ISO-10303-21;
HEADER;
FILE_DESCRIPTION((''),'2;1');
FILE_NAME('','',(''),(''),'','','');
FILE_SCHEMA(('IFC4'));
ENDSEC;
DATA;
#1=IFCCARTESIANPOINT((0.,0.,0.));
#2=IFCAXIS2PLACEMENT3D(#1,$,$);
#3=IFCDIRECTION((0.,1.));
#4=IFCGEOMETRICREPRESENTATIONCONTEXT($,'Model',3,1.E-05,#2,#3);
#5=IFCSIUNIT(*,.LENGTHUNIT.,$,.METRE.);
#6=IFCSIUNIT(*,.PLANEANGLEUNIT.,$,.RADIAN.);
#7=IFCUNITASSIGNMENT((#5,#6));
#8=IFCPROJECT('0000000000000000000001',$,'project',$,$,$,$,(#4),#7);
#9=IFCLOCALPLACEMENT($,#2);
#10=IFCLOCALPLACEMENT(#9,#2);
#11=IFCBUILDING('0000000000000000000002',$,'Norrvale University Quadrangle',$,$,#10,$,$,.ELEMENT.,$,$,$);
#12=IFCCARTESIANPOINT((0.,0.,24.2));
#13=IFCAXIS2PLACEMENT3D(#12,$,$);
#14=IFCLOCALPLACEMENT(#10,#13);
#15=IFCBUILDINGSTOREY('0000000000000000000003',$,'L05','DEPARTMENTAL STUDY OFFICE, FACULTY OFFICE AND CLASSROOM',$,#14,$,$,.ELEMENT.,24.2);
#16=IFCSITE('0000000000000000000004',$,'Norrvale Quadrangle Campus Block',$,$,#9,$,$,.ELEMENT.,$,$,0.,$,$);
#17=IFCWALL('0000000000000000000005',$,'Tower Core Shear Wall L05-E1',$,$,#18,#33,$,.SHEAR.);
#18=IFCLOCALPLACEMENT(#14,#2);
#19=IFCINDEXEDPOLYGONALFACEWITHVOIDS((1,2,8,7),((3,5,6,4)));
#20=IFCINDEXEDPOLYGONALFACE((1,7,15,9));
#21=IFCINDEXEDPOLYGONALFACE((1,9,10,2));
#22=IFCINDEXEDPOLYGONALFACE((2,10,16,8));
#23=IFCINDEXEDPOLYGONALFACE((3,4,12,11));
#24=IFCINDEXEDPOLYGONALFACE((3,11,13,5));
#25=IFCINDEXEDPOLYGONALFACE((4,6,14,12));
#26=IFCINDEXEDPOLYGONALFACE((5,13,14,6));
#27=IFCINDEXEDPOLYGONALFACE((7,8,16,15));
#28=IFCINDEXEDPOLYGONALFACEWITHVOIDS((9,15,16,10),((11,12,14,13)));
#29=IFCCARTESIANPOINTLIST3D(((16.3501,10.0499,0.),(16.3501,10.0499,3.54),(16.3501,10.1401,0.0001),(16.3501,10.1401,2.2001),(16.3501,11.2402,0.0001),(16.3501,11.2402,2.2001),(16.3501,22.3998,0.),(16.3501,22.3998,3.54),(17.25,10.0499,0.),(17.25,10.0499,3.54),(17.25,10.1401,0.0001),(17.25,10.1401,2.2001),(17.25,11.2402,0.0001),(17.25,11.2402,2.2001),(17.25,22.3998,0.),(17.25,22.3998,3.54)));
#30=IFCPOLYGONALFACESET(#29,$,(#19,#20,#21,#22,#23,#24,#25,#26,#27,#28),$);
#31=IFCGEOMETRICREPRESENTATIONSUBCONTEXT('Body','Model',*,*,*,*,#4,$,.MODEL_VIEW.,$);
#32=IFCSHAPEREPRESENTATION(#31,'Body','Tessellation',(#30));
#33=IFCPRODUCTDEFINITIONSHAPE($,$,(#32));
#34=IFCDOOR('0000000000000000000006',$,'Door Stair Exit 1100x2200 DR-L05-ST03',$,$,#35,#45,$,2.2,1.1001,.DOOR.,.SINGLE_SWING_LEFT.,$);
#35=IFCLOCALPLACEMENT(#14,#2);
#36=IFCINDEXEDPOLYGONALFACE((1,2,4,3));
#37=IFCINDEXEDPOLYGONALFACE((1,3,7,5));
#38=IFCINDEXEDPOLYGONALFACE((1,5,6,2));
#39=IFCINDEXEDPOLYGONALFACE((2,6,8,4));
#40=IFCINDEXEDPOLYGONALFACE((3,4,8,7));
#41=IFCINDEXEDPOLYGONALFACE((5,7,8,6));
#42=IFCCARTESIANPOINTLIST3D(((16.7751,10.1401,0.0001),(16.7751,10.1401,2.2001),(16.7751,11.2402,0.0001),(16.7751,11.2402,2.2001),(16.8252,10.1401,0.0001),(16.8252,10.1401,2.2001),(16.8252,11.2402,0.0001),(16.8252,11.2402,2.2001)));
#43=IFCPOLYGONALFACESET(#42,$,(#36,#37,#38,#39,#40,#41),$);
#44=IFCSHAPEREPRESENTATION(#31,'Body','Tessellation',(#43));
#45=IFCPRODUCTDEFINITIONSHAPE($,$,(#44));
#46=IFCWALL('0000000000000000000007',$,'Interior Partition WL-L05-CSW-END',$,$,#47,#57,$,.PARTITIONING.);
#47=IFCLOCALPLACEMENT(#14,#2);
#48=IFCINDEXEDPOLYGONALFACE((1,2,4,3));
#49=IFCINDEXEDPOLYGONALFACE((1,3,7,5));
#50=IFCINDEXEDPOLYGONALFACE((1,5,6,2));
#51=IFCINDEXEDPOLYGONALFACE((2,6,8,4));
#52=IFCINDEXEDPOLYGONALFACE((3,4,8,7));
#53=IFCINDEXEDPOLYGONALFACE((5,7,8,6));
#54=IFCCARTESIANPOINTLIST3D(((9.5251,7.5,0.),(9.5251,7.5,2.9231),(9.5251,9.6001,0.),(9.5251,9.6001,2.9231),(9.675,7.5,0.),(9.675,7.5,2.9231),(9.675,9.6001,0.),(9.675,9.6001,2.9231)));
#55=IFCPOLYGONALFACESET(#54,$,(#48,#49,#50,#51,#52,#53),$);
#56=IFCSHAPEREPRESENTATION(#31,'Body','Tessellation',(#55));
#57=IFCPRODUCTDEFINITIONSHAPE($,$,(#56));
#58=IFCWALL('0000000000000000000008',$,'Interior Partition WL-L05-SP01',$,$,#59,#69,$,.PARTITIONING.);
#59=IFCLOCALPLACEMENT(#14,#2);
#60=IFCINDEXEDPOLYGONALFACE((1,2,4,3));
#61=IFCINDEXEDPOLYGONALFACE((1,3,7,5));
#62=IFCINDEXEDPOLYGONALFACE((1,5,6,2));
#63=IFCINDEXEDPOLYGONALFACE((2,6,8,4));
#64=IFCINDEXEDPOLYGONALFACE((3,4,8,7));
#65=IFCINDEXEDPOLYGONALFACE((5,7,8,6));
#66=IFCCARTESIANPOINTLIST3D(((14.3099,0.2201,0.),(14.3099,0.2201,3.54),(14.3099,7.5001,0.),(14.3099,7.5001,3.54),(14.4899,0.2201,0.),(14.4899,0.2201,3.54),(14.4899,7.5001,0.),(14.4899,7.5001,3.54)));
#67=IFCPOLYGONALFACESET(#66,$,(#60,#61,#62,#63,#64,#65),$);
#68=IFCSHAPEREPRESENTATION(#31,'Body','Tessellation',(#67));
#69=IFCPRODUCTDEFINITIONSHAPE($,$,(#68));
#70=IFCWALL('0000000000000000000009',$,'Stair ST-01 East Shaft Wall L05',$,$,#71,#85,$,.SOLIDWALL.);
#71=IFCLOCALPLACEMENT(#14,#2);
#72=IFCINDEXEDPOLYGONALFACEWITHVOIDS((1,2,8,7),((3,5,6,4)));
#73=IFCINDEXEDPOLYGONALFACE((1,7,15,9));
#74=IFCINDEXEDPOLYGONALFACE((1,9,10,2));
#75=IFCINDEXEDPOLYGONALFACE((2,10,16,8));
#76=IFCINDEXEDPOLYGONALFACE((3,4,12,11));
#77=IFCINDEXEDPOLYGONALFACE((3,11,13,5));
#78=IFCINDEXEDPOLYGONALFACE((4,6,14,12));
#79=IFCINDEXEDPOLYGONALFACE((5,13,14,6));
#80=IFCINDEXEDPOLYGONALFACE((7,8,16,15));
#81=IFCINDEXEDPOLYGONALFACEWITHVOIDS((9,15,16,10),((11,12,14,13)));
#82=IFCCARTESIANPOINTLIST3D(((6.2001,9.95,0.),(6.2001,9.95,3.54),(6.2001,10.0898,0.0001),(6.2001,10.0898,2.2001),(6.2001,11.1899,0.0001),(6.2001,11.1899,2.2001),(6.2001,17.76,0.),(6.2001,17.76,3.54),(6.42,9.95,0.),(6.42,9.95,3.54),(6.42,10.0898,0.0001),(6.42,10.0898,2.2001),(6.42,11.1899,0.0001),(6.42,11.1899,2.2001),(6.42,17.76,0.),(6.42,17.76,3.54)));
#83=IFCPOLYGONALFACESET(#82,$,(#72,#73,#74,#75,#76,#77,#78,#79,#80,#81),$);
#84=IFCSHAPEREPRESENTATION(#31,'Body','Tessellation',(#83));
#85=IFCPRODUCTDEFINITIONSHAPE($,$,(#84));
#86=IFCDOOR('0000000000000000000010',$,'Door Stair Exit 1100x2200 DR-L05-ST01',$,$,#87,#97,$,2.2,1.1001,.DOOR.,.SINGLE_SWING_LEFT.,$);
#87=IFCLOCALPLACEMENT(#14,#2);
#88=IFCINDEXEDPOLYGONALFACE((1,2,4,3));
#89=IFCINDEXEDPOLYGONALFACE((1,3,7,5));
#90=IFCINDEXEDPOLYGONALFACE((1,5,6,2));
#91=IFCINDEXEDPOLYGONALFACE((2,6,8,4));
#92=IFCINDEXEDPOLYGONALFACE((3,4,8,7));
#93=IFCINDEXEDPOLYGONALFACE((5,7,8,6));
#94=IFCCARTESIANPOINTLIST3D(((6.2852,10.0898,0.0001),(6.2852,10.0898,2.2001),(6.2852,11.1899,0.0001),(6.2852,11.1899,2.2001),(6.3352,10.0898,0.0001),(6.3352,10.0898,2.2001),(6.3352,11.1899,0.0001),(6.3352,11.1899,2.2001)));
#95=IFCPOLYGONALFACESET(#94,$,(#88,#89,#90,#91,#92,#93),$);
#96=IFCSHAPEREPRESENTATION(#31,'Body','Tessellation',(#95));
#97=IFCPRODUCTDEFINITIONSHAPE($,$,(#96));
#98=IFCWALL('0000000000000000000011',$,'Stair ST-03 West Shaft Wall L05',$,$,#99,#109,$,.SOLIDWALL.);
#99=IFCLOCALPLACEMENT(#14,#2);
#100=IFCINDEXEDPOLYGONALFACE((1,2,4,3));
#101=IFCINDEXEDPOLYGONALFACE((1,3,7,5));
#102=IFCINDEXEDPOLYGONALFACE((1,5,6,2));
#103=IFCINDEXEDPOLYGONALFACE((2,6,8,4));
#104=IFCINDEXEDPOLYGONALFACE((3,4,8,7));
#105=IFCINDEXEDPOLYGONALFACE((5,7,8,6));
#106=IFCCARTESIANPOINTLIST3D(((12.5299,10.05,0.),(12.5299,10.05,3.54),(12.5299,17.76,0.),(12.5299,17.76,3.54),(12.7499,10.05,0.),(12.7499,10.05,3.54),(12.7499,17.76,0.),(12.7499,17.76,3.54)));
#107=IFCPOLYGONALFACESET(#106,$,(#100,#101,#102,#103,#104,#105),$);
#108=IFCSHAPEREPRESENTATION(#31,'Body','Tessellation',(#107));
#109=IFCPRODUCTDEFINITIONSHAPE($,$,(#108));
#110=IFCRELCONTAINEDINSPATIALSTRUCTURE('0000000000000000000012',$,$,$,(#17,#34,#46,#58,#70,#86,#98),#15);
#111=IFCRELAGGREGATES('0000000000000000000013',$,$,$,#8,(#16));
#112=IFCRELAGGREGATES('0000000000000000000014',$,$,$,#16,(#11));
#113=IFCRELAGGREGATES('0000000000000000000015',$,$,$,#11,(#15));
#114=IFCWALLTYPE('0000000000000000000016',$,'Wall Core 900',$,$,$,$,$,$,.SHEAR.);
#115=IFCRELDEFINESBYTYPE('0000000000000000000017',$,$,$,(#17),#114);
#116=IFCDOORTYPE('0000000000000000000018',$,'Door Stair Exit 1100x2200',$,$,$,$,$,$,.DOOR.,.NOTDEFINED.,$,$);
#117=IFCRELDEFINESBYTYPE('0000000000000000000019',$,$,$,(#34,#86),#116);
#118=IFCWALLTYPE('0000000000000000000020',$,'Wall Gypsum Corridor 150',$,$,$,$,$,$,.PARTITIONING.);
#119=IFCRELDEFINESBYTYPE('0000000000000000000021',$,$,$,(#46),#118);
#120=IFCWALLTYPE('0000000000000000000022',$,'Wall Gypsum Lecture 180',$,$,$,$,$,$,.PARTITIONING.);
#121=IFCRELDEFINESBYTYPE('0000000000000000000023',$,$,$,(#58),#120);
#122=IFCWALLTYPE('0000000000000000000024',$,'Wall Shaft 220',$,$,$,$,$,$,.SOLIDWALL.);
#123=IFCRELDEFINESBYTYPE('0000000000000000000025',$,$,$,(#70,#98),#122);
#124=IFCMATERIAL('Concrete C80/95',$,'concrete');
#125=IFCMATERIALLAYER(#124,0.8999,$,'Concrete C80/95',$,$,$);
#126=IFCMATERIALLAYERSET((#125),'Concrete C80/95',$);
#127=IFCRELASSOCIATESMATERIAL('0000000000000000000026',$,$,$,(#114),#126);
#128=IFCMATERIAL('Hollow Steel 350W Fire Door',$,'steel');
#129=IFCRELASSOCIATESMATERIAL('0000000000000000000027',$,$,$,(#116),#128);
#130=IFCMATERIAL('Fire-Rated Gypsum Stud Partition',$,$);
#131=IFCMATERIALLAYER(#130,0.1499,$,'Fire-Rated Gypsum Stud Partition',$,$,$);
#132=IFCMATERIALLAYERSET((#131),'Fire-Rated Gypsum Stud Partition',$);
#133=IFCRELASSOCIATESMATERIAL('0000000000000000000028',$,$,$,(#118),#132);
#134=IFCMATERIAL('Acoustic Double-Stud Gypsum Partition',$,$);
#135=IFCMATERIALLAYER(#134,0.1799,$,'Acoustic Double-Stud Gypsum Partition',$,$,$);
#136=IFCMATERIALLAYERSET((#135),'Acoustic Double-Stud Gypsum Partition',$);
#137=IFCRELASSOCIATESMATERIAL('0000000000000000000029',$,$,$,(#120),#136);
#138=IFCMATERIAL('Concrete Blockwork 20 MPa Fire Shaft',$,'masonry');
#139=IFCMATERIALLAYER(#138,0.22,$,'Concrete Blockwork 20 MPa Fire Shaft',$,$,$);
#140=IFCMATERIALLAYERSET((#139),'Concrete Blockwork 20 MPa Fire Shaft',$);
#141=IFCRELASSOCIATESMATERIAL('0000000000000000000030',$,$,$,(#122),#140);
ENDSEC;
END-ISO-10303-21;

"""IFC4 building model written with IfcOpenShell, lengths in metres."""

from ifc_helpers import new_model, si_unit, direction, frame, frame_2d, origin, place, context, subcontext, project, spatial, rectangle, extrude, material, layer, layer_set, type_object, element, fill, save


model = new_model("IFC4")

# Units and contexts
model_context = context("Model", 3, precision=1e-05, world=origin(), true_north=direction((0.0, 1.0)))
body_context = subcontext(model_context, "Body", "Model", "MODEL_VIEW")
ifc_project = project(units=[si_unit("LENGTHUNIT", "METRE"), si_unit("PLANEANGLEUNIT", "RADIAN")], contexts=[model_context])

# Site, building, storey
site_placement = place(None, origin())
site = spatial("IfcSite", under=ifc_project, at=site_placement, Name="Norrvale Quadrangle Campus Block", CompositionType="ELEMENT", RefElevation=0.0)
building_placement = place(site_placement, origin())
building = spatial("IfcBuilding", under=site, at=building_placement, Name="Norrvale University Quadrangle", CompositionType="ELEMENT")
storey_placement = place(building_placement, frame((0.0, 0.0, 24.2)))
storey = spatial("IfcBuildingStorey", under=building, at=storey_placement, Name="L05", Description="DEPARTMENTAL STUDY OFFICE, FACULTY OFFICE AND CLASSROOM", CompositionType="ELEMENT", Elevation=24.2)

# Shared definitions
ifc_material_1 = material(Name="Concrete C80/95", Category="concrete")

# Shared definitions
ifc_layer_1 = layer(ifc_material_1, 0.8999, Name="Concrete C80/95")
ifc_layer_set_1 = layer_set([ifc_layer_1], Name="Concrete C80/95")
wall_type_1 = type_object("IfcWallType", Name="Wall Core 900", PredefinedType="SHEAR", material=ifc_layer_set_1)

# Wall, opening, door
wall_1_placement = place(storey_placement, frame((16.8, 10.05, 0.0), z_axis=(0.0, 0.0, 1.0), x_axis=(0.0, 1.0, 0.0)))
wall_1 = element("IfcWall", 1, at=wall_1_placement, inside=storey, type_object=wall_type_1, Name="Tower Core Shear Wall L05-E1", PredefinedType="SHEAR", context=body_context, shape_type="SweptSolid", body=[
    extrude(rectangle(XDim=12.3499, YDim=0.8999, at=frame_2d((6.1748, 0.0))), origin(), (0.0, 0.0, 1.0), 3.54),
])
opening_1_placement = place(wall_1_placement, frame((0.0901, 0.0, 0.0)))
opening_1 = element("IfcOpeningElement", 2, at=opening_1_placement, cuts=wall_1, PredefinedType="OPENING", context=body_context, shape_type="SweptSolid", body=[
    extrude(rectangle(XDim=1.1001, YDim=2.2, at=frame_2d((0.55, 1.1001))), frame((0.0, 0.4619, 0.0), z_axis=(0.0, -1.0, 0.0), x_axis=(1.0, 0.0, 0.0)), (0.0, 0.0, 1.0), 0.9238),
])
ifc_material_2 = material(Name="Hollow Steel 350W Fire Door", Category="steel")
door_type = type_object("IfcDoorType", Name="Door Stair Exit 1100x2200", OperationType="NOTDEFINED", PredefinedType="DOOR", material=ifc_material_2)
door_1_placement = place(opening_1_placement, origin())
door_1 = element("IfcDoor", 3, at=door_1_placement, inside=storey, type_object=door_type, Name="Door Stair Exit 1100x2200 DR-L05-ST03", OperationType="SINGLE_SWING_LEFT", OverallHeight=2.2, OverallWidth=1.1001, PredefinedType="DOOR", context=body_context, shape_type="SweptSolid", body=[
    extrude(rectangle(XDim=1.1001, YDim=2.2, at=frame_2d((0.55, 1.1001))), frame((0.0, 0.0249, 0.0), z_axis=(0.0, -1.0, 0.0), x_axis=(1.0, 0.0, 0.0)), (0.0, 0.0, 1.0), 0.05),
])
fill(opening_1, door_1)

# Walls
ifc_material_3 = material(Name="Fire-Rated Gypsum Stud Partition")
ifc_layer_2 = layer(ifc_material_3, 0.1499, Name="Fire-Rated Gypsum Stud Partition")
ifc_layer_set_2 = layer_set([ifc_layer_2], Name="Fire-Rated Gypsum Stud Partition")
wall_type_2 = type_object("IfcWallType", Name="Wall Gypsum Corridor 150", PredefinedType="PARTITIONING", material=ifc_layer_set_2)
wall_2_placement = place(storey_placement, frame((9.6001, 7.5, 0.0), z_axis=(0.0, 0.0, 1.0), x_axis=(0.0, 1.0, 0.0)))
element("IfcWall", 4, at=wall_2_placement, inside=storey, type_object=wall_type_2, Name="Interior Partition WL-L05-CSW-END", PredefinedType="PARTITIONING", context=body_context, shape_type="SweptSolid", body=[
    extrude(rectangle(XDim=2.1001, YDim=0.1499, at=frame_2d((1.05, 0.0))), origin(), (0.0, 0.0, 1.0), 2.9231),
])
ifc_material_4 = material(Name="Acoustic Double-Stud Gypsum Partition")
ifc_layer_3 = layer(ifc_material_4, 0.1799, Name="Acoustic Double-Stud Gypsum Partition")
ifc_layer_set_3 = layer_set([ifc_layer_3], Name="Acoustic Double-Stud Gypsum Partition")
wall_type_3 = type_object("IfcWallType", Name="Wall Gypsum Lecture 180", PredefinedType="PARTITIONING", material=ifc_layer_set_3)
wall_3_placement = place(storey_placement, frame((14.3999, 0.22, 0.0), z_axis=(0.0, 0.0, 1.0), x_axis=(0.0, 1.0, 0.0)))
element("IfcWall", 5, at=wall_3_placement, inside=storey, type_object=wall_type_3, Name="Interior Partition WL-L05-SP01", PredefinedType="PARTITIONING", context=body_context, shape_type="SweptSolid", body=[
    extrude(rectangle(XDim=7.28, YDim=0.1799, at=frame_2d((3.6401, 0.0))), origin(), (0.0, 0.0, 1.0), 3.54),
])

# Wall, opening, door
ifc_material_5 = material(Name="Concrete Blockwork 20 MPa Fire Shaft", Category="masonry")
ifc_layer_4 = layer(ifc_material_5, 0.22, Name="Concrete Blockwork 20 MPa Fire Shaft")
ifc_layer_set_4 = layer_set([ifc_layer_4], Name="Concrete Blockwork 20 MPa Fire Shaft")
wall_type_4 = type_object("IfcWallType", Name="Wall Shaft 220", PredefinedType="SOLIDWALL", material=ifc_layer_set_4)
wall_4_placement = place(storey_placement, frame((6.3101, 9.95, 0.0), z_axis=(0.0, 0.0, 1.0), x_axis=(0.0, 1.0, 0.0)))
wall_4 = element("IfcWall", 6, at=wall_4_placement, inside=storey, type_object=wall_type_4, Name="Stair ST-01 East Shaft Wall L05", PredefinedType="SOLIDWALL", context=body_context, shape_type="SweptSolid", body=[
    extrude(rectangle(XDim=7.8101, YDim=0.22, at=frame_2d((3.905, 0.0))), origin(), (0.0, 0.0, 1.0), 3.54),
])
opening_2_placement = place(wall_4_placement, frame((0.1399, 0.0, 0.0)))
opening_2 = element("IfcOpeningElement", 7, at=opening_2_placement, cuts=wall_4, PredefinedType="OPENING", context=body_context, shape_type="SweptSolid", body=[
    extrude(rectangle(XDim=1.1001, YDim=2.2, at=frame_2d((0.55, 1.1001))), frame((0.0, 0.1221, 0.0), z_axis=(0.0, -1.0, 0.0), x_axis=(1.0, 0.0, 0.0)), (0.0, 0.0, 1.0), 0.2439),
])
door_2_placement = place(opening_2_placement, origin())
door_2 = element("IfcDoor", 8, at=door_2_placement, inside=storey, type_object=door_type, Name="Door Stair Exit 1100x2200 DR-L05-ST01", OperationType="SINGLE_SWING_LEFT", OverallHeight=2.2, OverallWidth=1.1001, PredefinedType="DOOR", context=body_context, shape_type="SweptSolid", body=[
    extrude(rectangle(XDim=1.1001, YDim=2.2, at=frame_2d((0.55, 1.1001))), frame((0.0, 0.0249, 0.0), z_axis=(0.0, -1.0, 0.0), x_axis=(1.0, 0.0, 0.0)), (0.0, 0.0, 1.0), 0.05),
])
fill(opening_2, door_2)

# Wall
wall_5_placement = place(storey_placement, frame((12.6399, 10.05, 0.0), z_axis=(0.0, 0.0, 1.0), x_axis=(0.0, 1.0, 0.0)))
element("IfcWall", 9, at=wall_5_placement, inside=storey, type_object=wall_type_4, Name="Stair ST-03 West Shaft Wall L05", PredefinedType="SOLIDWALL", context=body_context, shape_type="SweptSolid", body=[
    extrude(rectangle(XDim=7.71, YDim=0.22, at=frame_2d((3.855, 0.0))), origin(), (0.0, 0.0, 1.0), 3.54),
])

save(model, "model.ifc")
